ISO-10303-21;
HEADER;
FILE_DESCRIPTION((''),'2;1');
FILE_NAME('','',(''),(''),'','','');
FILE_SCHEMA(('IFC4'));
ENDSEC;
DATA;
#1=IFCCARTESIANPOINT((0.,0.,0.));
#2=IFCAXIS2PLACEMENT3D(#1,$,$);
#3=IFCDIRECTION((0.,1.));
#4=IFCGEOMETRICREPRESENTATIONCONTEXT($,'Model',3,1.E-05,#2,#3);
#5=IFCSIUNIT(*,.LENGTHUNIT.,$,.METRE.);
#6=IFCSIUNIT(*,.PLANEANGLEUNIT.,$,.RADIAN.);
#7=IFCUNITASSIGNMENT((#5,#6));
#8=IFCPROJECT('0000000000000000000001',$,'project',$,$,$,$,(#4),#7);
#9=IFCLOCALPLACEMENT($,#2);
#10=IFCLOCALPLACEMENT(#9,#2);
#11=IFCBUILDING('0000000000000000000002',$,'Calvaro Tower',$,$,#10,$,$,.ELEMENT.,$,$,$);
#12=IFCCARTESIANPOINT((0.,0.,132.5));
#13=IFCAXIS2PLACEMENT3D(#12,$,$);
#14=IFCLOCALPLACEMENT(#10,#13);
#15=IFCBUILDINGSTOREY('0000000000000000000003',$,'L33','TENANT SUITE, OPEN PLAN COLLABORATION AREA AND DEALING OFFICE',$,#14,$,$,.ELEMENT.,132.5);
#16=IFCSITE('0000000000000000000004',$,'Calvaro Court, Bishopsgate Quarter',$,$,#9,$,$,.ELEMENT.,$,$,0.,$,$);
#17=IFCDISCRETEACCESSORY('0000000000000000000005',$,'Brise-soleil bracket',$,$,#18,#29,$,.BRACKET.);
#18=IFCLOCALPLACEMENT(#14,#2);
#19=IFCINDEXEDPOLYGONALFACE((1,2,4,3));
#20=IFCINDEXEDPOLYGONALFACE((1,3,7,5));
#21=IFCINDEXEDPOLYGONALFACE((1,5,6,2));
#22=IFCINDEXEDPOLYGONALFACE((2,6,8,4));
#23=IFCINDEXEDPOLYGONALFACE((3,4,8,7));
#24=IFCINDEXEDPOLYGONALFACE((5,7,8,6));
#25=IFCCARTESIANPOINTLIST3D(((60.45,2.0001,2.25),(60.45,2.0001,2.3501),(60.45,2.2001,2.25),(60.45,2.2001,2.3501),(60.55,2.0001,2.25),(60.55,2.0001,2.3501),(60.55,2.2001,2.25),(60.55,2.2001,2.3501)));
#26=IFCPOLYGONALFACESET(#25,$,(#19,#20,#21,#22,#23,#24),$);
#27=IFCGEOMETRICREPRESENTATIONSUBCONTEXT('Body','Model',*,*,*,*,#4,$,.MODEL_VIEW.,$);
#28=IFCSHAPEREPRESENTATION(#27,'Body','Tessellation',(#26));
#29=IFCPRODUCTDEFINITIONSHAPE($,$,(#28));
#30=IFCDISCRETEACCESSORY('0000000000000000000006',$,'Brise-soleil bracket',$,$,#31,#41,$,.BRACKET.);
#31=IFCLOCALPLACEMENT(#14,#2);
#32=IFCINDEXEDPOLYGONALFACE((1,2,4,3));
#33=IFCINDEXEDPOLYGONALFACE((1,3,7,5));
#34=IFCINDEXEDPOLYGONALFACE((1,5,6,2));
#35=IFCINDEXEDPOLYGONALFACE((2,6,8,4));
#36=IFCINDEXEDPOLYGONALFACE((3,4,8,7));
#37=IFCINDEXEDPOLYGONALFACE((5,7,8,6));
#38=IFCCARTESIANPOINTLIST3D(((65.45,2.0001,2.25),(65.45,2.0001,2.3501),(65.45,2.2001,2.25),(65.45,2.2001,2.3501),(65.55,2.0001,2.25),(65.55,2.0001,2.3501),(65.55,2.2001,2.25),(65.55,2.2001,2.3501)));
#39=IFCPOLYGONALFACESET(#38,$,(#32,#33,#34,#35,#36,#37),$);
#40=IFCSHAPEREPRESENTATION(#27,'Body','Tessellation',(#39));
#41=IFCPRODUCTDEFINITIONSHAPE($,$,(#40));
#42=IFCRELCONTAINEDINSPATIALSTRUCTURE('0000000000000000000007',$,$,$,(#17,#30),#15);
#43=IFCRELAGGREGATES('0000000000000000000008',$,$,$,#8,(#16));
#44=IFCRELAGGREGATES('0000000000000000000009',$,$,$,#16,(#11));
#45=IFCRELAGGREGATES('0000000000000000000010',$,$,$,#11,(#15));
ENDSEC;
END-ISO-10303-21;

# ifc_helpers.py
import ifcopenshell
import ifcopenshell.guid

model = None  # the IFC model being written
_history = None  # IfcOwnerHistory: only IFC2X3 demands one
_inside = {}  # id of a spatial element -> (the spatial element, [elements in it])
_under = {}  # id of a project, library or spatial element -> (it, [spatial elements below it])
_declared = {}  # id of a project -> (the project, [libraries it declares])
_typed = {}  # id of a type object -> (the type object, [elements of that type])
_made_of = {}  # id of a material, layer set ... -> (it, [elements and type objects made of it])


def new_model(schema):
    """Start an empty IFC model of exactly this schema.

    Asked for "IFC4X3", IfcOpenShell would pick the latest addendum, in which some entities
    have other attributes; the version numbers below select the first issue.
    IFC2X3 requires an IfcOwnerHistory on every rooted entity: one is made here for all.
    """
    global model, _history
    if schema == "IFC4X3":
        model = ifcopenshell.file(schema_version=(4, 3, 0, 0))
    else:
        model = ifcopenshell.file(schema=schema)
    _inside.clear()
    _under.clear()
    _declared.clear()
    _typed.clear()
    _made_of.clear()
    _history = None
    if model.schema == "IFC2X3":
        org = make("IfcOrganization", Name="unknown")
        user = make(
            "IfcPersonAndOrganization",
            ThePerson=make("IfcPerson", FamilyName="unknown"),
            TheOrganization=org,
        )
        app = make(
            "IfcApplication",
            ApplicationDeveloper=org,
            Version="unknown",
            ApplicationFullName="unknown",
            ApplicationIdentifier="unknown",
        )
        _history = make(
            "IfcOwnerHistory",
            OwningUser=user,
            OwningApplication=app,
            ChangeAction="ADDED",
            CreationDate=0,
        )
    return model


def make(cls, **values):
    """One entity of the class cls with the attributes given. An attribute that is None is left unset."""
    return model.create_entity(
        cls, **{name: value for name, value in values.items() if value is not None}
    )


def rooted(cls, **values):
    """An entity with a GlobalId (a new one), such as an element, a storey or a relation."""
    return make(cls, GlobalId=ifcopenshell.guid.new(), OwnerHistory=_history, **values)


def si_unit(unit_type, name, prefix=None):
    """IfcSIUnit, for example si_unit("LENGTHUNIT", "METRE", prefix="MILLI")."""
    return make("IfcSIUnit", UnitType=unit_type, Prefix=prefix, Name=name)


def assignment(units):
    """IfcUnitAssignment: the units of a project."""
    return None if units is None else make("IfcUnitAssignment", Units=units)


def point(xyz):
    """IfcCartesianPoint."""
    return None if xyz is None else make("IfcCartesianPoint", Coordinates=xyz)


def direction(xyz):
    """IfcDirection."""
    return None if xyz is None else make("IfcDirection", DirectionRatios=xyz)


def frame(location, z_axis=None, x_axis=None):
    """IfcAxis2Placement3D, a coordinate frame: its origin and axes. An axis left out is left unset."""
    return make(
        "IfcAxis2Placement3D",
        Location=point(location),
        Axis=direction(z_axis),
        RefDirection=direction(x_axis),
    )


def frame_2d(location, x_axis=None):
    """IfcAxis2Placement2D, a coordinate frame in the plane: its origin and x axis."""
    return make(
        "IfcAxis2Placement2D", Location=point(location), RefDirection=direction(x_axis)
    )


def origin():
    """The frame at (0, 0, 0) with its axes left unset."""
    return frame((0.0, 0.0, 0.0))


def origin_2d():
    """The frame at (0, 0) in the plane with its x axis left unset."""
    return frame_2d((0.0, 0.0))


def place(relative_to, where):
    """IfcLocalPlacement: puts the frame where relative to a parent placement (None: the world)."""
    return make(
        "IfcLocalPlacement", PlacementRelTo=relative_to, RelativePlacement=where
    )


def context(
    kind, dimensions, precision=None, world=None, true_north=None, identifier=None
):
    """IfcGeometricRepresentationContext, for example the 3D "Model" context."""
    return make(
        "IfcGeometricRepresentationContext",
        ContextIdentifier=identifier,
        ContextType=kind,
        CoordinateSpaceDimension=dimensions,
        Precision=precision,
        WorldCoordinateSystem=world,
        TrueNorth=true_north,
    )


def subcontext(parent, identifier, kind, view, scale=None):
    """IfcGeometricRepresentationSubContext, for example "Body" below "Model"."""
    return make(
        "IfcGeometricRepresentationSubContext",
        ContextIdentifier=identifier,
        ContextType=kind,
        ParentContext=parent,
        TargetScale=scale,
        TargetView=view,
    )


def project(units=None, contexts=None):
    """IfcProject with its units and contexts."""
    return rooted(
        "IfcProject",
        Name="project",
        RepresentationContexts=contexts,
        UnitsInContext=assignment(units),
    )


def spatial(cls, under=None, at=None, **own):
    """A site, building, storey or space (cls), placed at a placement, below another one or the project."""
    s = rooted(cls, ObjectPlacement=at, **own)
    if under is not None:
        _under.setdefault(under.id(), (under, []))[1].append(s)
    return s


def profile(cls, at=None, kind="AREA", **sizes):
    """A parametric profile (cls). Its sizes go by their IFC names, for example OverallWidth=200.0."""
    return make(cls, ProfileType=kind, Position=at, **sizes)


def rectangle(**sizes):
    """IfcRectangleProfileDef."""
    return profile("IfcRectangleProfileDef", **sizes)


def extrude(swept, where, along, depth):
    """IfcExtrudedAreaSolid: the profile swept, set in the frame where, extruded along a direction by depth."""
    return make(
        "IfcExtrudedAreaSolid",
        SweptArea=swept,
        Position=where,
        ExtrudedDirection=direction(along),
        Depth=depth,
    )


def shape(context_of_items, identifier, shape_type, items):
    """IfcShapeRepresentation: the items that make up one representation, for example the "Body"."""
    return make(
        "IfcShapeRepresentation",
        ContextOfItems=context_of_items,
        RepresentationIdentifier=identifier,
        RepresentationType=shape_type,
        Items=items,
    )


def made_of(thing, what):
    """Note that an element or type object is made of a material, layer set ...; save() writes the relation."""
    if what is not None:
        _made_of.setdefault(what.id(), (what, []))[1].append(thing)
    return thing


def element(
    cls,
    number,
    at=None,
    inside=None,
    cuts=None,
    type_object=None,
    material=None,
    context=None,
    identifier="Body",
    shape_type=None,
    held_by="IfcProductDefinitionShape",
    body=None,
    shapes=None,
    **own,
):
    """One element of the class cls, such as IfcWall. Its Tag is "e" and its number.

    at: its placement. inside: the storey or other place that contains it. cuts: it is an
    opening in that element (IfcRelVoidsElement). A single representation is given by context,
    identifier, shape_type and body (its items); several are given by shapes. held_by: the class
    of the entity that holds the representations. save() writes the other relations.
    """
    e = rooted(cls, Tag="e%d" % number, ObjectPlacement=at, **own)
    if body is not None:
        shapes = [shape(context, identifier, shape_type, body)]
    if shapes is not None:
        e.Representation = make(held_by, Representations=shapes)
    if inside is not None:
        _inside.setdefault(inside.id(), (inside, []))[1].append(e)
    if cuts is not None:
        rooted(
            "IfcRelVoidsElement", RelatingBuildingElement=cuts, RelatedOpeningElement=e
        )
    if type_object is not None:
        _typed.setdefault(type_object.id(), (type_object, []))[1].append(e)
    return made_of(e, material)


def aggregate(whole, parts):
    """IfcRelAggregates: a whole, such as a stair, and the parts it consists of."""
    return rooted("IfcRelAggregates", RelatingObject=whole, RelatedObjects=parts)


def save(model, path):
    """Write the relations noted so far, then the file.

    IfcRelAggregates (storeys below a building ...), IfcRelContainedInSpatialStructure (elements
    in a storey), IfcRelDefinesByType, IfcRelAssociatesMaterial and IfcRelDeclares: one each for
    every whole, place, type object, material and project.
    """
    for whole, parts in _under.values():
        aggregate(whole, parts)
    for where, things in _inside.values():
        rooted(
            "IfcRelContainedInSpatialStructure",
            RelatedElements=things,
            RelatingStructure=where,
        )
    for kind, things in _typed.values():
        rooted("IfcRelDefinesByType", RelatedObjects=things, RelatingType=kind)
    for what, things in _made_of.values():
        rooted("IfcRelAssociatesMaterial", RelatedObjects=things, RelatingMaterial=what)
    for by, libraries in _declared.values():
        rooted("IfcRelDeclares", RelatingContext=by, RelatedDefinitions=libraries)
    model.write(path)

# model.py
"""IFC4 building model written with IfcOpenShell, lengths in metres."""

from ifc_helpers import new_model, si_unit, direction, frame, origin, origin_2d, place, context, subcontext, project, spatial, rectangle, extrude, element, save


model = new_model("IFC4")

# Units and contexts
model_context = context("Model", 3, precision=1e-05, world=origin(), true_north=direction((0.0, 1.0)))
body_context = subcontext(model_context, "Body", "Model", "MODEL_VIEW")
ifc_project = project(units=[si_unit("LENGTHUNIT", "METRE"), si_unit("PLANEANGLEUNIT", "RADIAN")], contexts=[model_context])

# Site, building, storey
site_placement = place(None, origin())
site = spatial("IfcSite", under=ifc_project, at=site_placement, Name="Calvaro Court, Bishopsgate Quarter", CompositionType="ELEMENT", RefElevation=0.0)
building_placement = place(site_placement, origin())
building = spatial("IfcBuilding", under=site, at=building_placement, Name="Calvaro Tower", CompositionType="ELEMENT")
storey_placement = place(building_placement, frame((0.0, 0.0, 132.5)))
storey = spatial("IfcBuildingStorey", under=building, at=storey_placement, Name="L33", Description="TENANT SUITE, OPEN PLAN COLLABORATION AREA AND DEALING OFFICE", CompositionType="ELEMENT", Elevation=132.5)

# Discrete accessories
for number, where, z_axis, x_axis, name in (
    (1, (60.5, 2.1001, 2.25), (0.0, 0.0, 1.0), (1.0, 0.0, 0.0), "Brise-soleil bracket"),
    (2, (65.5, 2.1001, 2.25), (0.0, 0.0, 1.0), (1.0, 0.0, 0.0), "Brise-soleil bracket"),
):
    element("IfcDiscreteAccessory", number, at=place(storey_placement, frame(where, z_axis=z_axis, x_axis=x_axis)), inside=storey, Name=name, PredefinedType="BRACKET", context=body_context, shape_type="SweptSolid", body=[
        extrude(rectangle(XDim=0.1001, YDim=0.2, at=origin_2d()), origin(), (0.0, 0.0, 1.0), 0.1001),
    ])

save(model, "model.ifc")
